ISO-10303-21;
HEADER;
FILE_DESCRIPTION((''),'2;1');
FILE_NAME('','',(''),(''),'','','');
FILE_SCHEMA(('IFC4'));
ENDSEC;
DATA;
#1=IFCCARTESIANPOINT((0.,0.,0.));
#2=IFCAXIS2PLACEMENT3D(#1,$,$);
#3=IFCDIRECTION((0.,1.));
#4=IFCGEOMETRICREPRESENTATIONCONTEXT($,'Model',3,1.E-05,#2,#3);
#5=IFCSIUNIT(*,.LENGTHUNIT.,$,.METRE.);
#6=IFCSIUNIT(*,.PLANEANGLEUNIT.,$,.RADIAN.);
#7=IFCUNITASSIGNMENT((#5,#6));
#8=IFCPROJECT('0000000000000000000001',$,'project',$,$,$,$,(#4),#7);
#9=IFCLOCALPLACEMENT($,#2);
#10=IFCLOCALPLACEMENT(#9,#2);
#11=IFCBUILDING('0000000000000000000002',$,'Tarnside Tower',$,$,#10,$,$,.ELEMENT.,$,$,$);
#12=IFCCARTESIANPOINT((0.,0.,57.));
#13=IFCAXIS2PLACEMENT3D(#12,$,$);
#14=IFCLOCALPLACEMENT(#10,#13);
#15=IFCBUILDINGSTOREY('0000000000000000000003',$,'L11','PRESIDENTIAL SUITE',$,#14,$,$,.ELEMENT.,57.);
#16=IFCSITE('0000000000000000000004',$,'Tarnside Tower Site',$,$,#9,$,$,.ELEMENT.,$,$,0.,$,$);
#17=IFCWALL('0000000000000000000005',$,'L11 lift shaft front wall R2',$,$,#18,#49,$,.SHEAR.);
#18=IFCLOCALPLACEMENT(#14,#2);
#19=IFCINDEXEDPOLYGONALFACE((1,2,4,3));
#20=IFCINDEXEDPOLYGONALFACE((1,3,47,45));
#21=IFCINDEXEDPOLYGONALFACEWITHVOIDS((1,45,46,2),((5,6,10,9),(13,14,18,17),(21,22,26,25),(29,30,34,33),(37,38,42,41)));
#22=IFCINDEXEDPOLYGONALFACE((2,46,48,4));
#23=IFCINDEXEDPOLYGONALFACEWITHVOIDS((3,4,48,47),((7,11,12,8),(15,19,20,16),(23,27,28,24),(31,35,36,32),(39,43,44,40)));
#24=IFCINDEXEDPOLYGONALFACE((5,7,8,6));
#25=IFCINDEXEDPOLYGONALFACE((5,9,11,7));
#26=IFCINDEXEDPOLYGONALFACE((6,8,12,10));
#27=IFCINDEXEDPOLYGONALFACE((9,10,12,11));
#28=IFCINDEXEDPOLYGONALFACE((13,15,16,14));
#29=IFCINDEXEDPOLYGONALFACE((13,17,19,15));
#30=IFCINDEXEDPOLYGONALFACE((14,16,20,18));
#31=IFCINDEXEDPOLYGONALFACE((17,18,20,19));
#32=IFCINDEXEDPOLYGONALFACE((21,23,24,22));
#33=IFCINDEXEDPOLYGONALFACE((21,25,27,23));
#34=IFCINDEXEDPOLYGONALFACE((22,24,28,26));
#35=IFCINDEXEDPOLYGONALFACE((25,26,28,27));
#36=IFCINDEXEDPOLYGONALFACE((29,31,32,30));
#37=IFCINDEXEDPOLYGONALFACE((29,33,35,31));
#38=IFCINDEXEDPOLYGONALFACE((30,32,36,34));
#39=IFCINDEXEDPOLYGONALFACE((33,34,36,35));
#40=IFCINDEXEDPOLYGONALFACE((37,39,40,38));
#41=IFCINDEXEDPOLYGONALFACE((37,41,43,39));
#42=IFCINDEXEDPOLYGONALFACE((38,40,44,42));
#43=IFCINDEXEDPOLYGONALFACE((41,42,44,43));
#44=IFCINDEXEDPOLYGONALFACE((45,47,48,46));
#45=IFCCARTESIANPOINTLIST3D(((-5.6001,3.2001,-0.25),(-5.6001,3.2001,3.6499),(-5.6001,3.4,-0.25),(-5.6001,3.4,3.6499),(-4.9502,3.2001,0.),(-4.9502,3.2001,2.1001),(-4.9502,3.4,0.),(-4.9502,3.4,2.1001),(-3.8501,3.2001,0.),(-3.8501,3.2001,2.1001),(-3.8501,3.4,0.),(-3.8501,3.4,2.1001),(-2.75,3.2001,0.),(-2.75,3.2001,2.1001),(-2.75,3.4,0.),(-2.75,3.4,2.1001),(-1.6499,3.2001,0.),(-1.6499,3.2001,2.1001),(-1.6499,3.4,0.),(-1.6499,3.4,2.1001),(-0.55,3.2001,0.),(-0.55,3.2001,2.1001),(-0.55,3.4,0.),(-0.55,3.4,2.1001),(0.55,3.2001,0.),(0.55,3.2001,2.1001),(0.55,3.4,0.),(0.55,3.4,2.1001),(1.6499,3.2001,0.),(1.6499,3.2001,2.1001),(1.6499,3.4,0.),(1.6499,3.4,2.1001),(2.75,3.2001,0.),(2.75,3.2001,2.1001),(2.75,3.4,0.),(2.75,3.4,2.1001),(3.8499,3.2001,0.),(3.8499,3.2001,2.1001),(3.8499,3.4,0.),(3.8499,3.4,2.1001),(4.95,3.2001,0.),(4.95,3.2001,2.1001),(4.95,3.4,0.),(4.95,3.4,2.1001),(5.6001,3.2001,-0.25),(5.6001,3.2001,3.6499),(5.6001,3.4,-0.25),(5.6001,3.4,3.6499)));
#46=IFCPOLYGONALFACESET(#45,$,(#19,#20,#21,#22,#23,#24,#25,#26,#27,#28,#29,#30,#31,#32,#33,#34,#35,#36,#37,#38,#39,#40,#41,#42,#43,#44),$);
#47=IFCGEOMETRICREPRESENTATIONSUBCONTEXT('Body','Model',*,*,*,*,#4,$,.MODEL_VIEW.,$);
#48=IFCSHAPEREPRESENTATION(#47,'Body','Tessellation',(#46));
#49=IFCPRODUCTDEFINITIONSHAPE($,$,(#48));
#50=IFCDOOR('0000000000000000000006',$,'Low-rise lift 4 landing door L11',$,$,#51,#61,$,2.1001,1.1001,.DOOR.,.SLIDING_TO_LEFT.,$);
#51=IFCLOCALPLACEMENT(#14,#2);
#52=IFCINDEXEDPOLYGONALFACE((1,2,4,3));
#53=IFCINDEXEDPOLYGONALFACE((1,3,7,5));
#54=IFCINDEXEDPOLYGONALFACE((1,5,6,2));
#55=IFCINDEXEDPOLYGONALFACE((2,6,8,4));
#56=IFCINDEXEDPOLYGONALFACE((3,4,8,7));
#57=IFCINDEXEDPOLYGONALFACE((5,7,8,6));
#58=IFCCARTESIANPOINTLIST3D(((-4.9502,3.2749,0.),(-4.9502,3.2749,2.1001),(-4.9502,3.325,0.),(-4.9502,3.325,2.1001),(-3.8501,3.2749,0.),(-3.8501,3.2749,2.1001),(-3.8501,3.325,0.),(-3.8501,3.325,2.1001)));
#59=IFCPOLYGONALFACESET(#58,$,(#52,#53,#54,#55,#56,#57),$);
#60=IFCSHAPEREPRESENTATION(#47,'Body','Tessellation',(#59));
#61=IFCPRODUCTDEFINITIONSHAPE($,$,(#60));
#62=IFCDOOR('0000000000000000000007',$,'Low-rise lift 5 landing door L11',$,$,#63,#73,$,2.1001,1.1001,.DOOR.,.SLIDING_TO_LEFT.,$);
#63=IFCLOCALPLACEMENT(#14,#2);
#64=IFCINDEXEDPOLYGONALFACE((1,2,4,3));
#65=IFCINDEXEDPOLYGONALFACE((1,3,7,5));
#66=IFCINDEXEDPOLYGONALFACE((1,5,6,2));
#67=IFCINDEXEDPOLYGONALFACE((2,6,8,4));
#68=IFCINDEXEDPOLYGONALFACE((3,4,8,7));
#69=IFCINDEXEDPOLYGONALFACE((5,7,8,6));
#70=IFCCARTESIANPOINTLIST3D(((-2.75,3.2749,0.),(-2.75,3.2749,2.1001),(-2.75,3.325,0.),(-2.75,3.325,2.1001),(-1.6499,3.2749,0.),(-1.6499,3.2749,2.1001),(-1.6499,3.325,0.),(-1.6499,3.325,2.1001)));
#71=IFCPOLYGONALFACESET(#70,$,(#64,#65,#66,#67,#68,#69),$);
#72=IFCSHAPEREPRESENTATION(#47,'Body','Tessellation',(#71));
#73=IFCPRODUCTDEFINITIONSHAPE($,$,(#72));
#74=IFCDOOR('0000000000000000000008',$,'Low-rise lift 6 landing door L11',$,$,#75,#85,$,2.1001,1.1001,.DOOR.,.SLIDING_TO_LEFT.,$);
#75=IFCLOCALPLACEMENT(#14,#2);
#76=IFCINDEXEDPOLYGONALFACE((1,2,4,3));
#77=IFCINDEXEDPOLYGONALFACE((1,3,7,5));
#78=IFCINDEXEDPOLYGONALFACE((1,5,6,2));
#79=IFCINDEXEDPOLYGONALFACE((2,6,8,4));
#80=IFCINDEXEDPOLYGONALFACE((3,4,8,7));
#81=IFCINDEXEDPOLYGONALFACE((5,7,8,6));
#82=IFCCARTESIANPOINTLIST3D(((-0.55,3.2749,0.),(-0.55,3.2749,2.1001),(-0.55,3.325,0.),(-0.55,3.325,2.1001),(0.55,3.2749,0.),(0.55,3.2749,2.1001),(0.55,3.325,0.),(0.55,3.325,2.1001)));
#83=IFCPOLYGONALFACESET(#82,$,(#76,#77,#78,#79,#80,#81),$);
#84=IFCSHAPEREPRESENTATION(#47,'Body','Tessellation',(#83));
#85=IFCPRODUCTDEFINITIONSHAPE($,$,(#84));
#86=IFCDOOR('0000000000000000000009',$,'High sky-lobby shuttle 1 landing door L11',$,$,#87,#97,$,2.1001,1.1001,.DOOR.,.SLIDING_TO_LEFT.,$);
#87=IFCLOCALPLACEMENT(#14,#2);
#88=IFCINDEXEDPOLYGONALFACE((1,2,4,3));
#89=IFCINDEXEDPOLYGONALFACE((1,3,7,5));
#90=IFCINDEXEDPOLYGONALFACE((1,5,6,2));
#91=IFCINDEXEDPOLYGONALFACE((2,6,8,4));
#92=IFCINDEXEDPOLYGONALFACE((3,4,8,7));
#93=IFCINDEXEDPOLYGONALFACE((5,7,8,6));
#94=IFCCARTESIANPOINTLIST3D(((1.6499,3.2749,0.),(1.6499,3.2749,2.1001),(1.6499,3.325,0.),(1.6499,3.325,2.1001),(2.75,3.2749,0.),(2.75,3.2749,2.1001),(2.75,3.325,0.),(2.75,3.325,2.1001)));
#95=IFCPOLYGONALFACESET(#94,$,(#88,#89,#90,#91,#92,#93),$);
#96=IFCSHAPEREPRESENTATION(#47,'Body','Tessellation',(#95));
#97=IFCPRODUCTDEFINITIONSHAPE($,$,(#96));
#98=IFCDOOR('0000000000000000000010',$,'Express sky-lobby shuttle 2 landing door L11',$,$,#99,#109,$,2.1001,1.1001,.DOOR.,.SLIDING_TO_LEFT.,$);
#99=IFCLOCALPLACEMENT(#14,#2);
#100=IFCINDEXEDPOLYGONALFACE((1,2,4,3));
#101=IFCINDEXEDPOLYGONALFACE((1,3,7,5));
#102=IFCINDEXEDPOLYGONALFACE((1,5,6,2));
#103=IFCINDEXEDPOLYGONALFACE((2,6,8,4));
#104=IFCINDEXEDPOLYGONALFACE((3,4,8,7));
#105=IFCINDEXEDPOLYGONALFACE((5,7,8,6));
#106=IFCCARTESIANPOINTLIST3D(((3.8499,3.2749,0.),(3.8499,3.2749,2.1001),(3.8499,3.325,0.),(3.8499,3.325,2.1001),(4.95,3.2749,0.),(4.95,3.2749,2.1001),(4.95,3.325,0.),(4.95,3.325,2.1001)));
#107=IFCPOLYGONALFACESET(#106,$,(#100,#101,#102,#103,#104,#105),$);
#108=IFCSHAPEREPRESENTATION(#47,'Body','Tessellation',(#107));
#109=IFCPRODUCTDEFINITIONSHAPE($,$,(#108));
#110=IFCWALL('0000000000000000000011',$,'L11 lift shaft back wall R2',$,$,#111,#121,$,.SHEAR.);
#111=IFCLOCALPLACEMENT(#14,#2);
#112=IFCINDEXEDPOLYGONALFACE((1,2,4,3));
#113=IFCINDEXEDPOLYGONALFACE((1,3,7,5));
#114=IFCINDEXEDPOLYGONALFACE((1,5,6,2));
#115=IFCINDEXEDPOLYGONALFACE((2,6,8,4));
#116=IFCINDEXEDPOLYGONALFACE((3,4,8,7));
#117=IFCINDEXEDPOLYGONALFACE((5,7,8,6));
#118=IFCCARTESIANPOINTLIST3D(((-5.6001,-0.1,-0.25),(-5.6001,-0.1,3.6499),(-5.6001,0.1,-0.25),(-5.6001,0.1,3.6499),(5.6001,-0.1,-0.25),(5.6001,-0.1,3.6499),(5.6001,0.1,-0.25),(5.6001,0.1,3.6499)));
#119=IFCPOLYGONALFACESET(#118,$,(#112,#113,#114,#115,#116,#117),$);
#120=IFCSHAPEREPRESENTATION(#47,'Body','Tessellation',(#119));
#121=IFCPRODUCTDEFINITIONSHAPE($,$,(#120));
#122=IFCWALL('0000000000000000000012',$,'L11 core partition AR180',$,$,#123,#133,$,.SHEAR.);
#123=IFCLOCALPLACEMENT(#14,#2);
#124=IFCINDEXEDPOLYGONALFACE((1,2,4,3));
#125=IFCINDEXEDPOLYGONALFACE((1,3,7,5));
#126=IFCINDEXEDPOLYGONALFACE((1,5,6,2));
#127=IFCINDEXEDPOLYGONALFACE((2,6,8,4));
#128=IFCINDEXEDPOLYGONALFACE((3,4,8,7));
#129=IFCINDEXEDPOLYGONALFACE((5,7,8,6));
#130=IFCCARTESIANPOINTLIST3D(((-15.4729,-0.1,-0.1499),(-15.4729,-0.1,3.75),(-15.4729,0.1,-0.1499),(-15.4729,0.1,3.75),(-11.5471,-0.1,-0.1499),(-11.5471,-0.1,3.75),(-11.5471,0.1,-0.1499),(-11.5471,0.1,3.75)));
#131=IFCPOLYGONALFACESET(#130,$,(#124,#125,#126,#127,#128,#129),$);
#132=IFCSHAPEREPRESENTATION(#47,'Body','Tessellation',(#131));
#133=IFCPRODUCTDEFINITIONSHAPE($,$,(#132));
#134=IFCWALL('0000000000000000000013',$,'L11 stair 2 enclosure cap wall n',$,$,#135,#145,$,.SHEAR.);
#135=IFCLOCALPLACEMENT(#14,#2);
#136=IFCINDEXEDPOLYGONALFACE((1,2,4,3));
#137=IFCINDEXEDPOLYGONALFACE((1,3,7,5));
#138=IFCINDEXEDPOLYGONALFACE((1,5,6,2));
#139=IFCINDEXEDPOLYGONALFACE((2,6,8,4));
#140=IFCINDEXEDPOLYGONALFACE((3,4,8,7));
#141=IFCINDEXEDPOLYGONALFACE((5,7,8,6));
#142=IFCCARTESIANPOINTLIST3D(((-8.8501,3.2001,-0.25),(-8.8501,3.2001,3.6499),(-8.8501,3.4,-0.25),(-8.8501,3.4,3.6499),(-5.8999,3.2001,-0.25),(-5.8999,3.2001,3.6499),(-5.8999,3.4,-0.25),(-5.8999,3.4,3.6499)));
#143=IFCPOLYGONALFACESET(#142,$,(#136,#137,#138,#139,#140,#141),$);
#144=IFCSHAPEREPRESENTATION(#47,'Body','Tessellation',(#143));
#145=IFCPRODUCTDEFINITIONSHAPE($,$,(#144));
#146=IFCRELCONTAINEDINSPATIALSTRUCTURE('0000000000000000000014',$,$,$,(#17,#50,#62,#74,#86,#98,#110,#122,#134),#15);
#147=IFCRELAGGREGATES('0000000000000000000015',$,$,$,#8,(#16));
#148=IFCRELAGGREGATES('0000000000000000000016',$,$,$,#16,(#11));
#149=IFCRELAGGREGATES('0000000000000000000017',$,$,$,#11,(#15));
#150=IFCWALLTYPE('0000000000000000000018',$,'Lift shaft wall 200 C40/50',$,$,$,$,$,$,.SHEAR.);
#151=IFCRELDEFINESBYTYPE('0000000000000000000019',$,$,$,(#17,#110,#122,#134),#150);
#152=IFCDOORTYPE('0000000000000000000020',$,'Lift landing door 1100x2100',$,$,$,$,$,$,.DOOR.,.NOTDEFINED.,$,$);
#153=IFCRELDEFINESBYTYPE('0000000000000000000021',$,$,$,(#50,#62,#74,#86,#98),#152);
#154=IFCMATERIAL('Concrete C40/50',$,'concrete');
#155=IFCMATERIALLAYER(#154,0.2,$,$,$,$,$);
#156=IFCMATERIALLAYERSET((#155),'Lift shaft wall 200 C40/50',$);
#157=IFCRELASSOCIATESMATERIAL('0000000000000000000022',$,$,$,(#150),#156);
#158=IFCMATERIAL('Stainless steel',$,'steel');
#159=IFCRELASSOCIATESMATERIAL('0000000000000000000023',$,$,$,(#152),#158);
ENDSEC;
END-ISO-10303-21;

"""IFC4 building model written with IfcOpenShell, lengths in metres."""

from ifc_helpers import new_model, si_unit, direction, frame, frame_2d, origin, place, context, subcontext, project, spatial, rectangle, extrude, material, layer, layer_set, type_object, element, fill, save


model = new_model("IFC4")

# Units and contexts
model_context = context("Model", 3, precision=1e-05, world=origin(), true_north=direction((0.0, 1.0)))
body_context = subcontext(model_context, "Body", "Model", "MODEL_VIEW")
ifc_project = project(units=[si_unit("LENGTHUNIT", "METRE"), si_unit("PLANEANGLEUNIT", "RADIAN")], contexts=[model_context])

# Site, building, storey
site_placement = place(None, origin())
site = spatial("IfcSite", under=ifc_project, at=site_placement, Name="Tarnside Tower Site", CompositionType="ELEMENT", RefElevation=0.0)
building_placement = place(site_placement, origin())
building = spatial("IfcBuilding", under=site, at=building_placement, Name="Tarnside Tower", CompositionType="ELEMENT")
storey_placement = place(building_placement, frame((0.0, 0.0, 57.0)))
storey = spatial("IfcBuildingStorey", under=building, at=storey_placement, Name="L11", Description="PRESIDENTIAL SUITE", CompositionType="ELEMENT", Elevation=57.0)

# Wall, openings, doors
ifc_material_1 = material(Name="Concrete C40/50", Category="concrete")
ifc_layer_1 = layer(ifc_material_1, 0.2)
ifc_layer_set_1 = layer_set([ifc_layer_1], Name="Lift shaft wall 200 C40/50")
wall_type_1 = type_object("IfcWallType", Name="Lift shaft wall 200 C40/50", PredefinedType="SHEAR", material=ifc_layer_set_1)
wall_1_placement = place(storey_placement, frame((-5.6001, 3.3, -0.25), z_axis=(0.0, 0.0, 1.0), x_axis=(1.0, 0.0, 0.0)))
wall_1 = element("IfcWall", 1, at=wall_1_placement, inside=storey, type_object=wall_type_1, Name="L11 lift shaft front wall R2", PredefinedType="SHEAR", context=body_context, shape_type="SweptSolid", body=[
    extrude(rectangle(XDim=11.2002, YDim=0.2, at=frame_2d((5.6001, 0.0))), origin(), (0.0, 0.0, 1.0), 3.8999),
])
opening_1_placement = place(wall_1_placement, frame((0.6499, 0.0, 0.25)))
opening_1 = element("IfcOpeningElement", 2, at=opening_1_placement, cuts=wall_1, PredefinedType="OPENING", context=body_context, shape_type="SweptSolid", body=[
    extrude(rectangle(XDim=1.1001, YDim=2.1001, at=frame_2d((0.55, 1.05))), frame((0.0, 0.1099, 0.0), z_axis=(0.0, -1.0, 0.0), x_axis=(1.0, 0.0, 0.0)), (0.0, 0.0, 1.0), 0.22),
])
opening_2_placement = place(wall_1_placement, frame((2.8501, 0.0, 0.25)))
opening_2 = element("IfcOpeningElement", 3, at=opening_2_placement, cuts=wall_1, PredefinedType="OPENING", context=body_context, shape_type="SweptSolid", body=[
    extrude(rectangle(XDim=1.1001, YDim=2.1001, at=frame_2d((0.55, 1.05))), frame((0.0, 0.1099, 0.0), z_axis=(0.0, -1.0, 0.0), x_axis=(1.0, 0.0, 0.0)), (0.0, 0.0, 1.0), 0.22),
])
opening_3_placement = place(wall_1_placement, frame((5.05, 0.0, 0.25)))
opening_3 = element("IfcOpeningElement", 4, at=opening_3_placement, cuts=wall_1, PredefinedType="OPENING", context=body_context, shape_type="SweptSolid", body=[
    extrude(rectangle(XDim=1.1001, YDim=2.1001, at=frame_2d((0.55, 1.05))), frame((0.0, 0.1099, 0.0), z_axis=(0.0, -1.0, 0.0), x_axis=(1.0, 0.0, 0.0)), (0.0, 0.0, 1.0), 0.22),
])
opening_4_placement = place(wall_1_placement, frame((7.25, 0.0, 0.25)))
opening_4 = element("IfcOpeningElement", 5, at=opening_4_placement, cuts=wall_1, PredefinedType="OPENING", context=body_context, shape_type="SweptSolid", body=[
    extrude(rectangle(XDim=1.1001, YDim=2.1001, at=frame_2d((0.55, 1.05))), frame((0.0, 0.1099, 0.0), z_axis=(0.0, -1.0, 0.0), x_axis=(1.0, 0.0, 0.0)), (0.0, 0.0, 1.0), 0.22),
])
opening_5_placement = place(wall_1_placement, frame((9.45, 0.0, 0.25)))
opening_5 = element("IfcOpeningElement", 6, at=opening_5_placement, cuts=wall_1, PredefinedType="OPENING", context=body_context, shape_type="SweptSolid", body=[
    extrude(rectangle(XDim=1.1001, YDim=2.1001, at=frame_2d((0.55, 1.05))), frame((0.0, 0.1099, 0.0), z_axis=(0.0, -1.0, 0.0), x_axis=(1.0, 0.0, 0.0)), (0.0, 0.0, 1.0), 0.22),
])
ifc_material_2 = material(Name="Stainless steel", Category="steel")
door_type_1 = type_object("IfcDoorType", Name="Lift landing door 1100x2100", OperationType="NOTDEFINED", PredefinedType="DOOR", material=ifc_material_2)
door_1_placement = place(opening_1_placement, origin())
door_1 = element("IfcDoor", 7, at=door_1_placement, inside=storey, type_object=door_type_1, Name="Low-rise lift 4 landing door L11", OperationType="SLIDING_TO_LEFT", OverallHeight=2.1001, OverallWidth=1.1001, PredefinedType="DOOR", context=body_context, shape_type="SweptSolid", body=[
    extrude(rectangle(XDim=1.1001, YDim=2.1001, at=frame_2d((0.55, 1.05))), frame((0.0, 0.0249, 0.0), z_axis=(0.0, -1.0, 0.0), x_axis=(1.0, 0.0, 0.0)), (0.0, 0.0, 1.0), 0.05),
])
fill(opening_1, door_1)
door_2_placement = place(opening_2_placement, origin())
door_2 = element("IfcDoor", 8, at=door_2_placement, inside=storey, type_object=door_type_1, Name="Low-rise lift 5 landing door L11", OperationType="SLIDING_TO_LEFT", OverallHeight=2.1001, OverallWidth=1.1001, PredefinedType="DOOR", context=body_context, shape_type="SweptSolid", body=[
    extrude(rectangle(XDim=1.1001, YDim=2.1001, at=frame_2d((0.55, 1.05))), frame((0.0, 0.0249, 0.0), z_axis=(0.0, -1.0, 0.0), x_axis=(1.0, 0.0, 0.0)), (0.0, 0.0, 1.0), 0.05),
])
fill(opening_2, door_2)
door_3_placement = place(opening_3_placement, origin())
door_3 = element("IfcDoor", 9, at=door_3_placement, inside=storey, type_object=door_type_1, Name="Low-rise lift 6 landing door L11", OperationType="SLIDING_TO_LEFT", OverallHeight=2.1001, OverallWidth=1.1001, PredefinedType="DOOR", context=body_context, shape_type="SweptSolid", body=[
    extrude(rectangle(XDim=1.1001, YDim=2.1001, at=frame_2d((0.55, 1.05))), frame((0.0, 0.0249, 0.0), z_axis=(0.0, -1.0, 0.0), x_axis=(1.0, 0.0, 0.0)), (0.0, 0.0, 1.0), 0.05),
])
fill(opening_3, door_3)
door_4_placement = place(opening_4_placement, origin())
door_4 = element("IfcDoor", 10, at=door_4_placement, inside=storey, type_object=door_type_1, Name="High sky-lobby shuttle 1 landing door L11", OperationType="SLIDING_TO_LEFT", OverallHeight=2.1001, OverallWidth=1.1001, PredefinedType="DOOR", context=body_context, shape_type="SweptSolid", body=[
    extrude(rectangle(XDim=1.1001, YDim=2.1001, at=frame_2d((0.55, 1.05))), frame((0.0, 0.0249, 0.0), z_axis=(0.0, -1.0, 0.0), x_axis=(1.0, 0.0, 0.0)), (0.0, 0.0, 1.0), 0.05),
])
fill(opening_4, door_4)
door_5_placement = place(opening_5_placement, origin())
door_5 = element("IfcDoor", 11, at=door_5_placement, inside=storey, type_object=door_type_1, Name="Express sky-lobby shuttle 2 landing door L11", OperationType="SLIDING_TO_LEFT", OverallHeight=2.1001, OverallWidth=1.1001, PredefinedType="DOOR", context=body_context, shape_type="SweptSolid", body=[
    extrude(rectangle(XDim=1.1001, YDim=2.1001, at=frame_2d((0.55, 1.05))), frame((0.0, 0.0249, 0.0), z_axis=(0.0, -1.0, 0.0), x_axis=(1.0, 0.0, 0.0)), (0.0, 0.0, 1.0), 0.05),
])
fill(opening_5, door_5)

# Walls
wall_2_placement = place(storey_placement, frame((-5.6001, 0.0, -0.25), z_axis=(0.0, 0.0, 1.0), x_axis=(1.0, 0.0, 0.0)))
element("IfcWall", 12, at=wall_2_placement, inside=storey, type_object=wall_type_1, Name="L11 lift shaft back wall R2", PredefinedType="SHEAR", context=body_context, shape_type="SweptSolid", body=[
    extrude(rectangle(XDim=11.2002, YDim=0.2, at=frame_2d((5.6001, 0.0))), origin(), (0.0, 0.0, 1.0), 3.8999),
])
wall_3_placement = place(storey_placement, frame((-11.5471, 0.0, -0.1499), z_axis=(0.0, 0.0, 1.0), x_axis=(-1.0, 0.0, 0.0)))
element("IfcWall", 13, at=wall_3_placement, inside=storey, type_object=wall_type_1, Name="L11 core partition AR180", PredefinedType="SHEAR", context=body_context, shape_type="SweptSolid", body=[
    extrude(rectangle(XDim=3.9258, YDim=0.2, at=frame_2d((1.9629, 0.0))), origin(), (0.0, 0.0, 1.0), 3.8999),
])
wall_4_placement = place(storey_placement, frame((-8.8501, 3.3, -0.25), z_axis=(0.0, 0.0, 1.0), x_axis=(1.0, 0.0, 0.0)))
element("IfcWall", 14, at=wall_4_placement, inside=storey, type_object=wall_type_1, Name="L11 stair 2 enclosure cap wall n", PredefinedType="SHEAR", context=body_context, shape_type="SweptSolid", body=[
    extrude(rectangle(XDim=2.9502, YDim=0.2, at=frame_2d((1.4751, 0.0))), origin(), (0.0, 0.0, 1.0), 3.8999),
])

save(model, "model.ifc")
